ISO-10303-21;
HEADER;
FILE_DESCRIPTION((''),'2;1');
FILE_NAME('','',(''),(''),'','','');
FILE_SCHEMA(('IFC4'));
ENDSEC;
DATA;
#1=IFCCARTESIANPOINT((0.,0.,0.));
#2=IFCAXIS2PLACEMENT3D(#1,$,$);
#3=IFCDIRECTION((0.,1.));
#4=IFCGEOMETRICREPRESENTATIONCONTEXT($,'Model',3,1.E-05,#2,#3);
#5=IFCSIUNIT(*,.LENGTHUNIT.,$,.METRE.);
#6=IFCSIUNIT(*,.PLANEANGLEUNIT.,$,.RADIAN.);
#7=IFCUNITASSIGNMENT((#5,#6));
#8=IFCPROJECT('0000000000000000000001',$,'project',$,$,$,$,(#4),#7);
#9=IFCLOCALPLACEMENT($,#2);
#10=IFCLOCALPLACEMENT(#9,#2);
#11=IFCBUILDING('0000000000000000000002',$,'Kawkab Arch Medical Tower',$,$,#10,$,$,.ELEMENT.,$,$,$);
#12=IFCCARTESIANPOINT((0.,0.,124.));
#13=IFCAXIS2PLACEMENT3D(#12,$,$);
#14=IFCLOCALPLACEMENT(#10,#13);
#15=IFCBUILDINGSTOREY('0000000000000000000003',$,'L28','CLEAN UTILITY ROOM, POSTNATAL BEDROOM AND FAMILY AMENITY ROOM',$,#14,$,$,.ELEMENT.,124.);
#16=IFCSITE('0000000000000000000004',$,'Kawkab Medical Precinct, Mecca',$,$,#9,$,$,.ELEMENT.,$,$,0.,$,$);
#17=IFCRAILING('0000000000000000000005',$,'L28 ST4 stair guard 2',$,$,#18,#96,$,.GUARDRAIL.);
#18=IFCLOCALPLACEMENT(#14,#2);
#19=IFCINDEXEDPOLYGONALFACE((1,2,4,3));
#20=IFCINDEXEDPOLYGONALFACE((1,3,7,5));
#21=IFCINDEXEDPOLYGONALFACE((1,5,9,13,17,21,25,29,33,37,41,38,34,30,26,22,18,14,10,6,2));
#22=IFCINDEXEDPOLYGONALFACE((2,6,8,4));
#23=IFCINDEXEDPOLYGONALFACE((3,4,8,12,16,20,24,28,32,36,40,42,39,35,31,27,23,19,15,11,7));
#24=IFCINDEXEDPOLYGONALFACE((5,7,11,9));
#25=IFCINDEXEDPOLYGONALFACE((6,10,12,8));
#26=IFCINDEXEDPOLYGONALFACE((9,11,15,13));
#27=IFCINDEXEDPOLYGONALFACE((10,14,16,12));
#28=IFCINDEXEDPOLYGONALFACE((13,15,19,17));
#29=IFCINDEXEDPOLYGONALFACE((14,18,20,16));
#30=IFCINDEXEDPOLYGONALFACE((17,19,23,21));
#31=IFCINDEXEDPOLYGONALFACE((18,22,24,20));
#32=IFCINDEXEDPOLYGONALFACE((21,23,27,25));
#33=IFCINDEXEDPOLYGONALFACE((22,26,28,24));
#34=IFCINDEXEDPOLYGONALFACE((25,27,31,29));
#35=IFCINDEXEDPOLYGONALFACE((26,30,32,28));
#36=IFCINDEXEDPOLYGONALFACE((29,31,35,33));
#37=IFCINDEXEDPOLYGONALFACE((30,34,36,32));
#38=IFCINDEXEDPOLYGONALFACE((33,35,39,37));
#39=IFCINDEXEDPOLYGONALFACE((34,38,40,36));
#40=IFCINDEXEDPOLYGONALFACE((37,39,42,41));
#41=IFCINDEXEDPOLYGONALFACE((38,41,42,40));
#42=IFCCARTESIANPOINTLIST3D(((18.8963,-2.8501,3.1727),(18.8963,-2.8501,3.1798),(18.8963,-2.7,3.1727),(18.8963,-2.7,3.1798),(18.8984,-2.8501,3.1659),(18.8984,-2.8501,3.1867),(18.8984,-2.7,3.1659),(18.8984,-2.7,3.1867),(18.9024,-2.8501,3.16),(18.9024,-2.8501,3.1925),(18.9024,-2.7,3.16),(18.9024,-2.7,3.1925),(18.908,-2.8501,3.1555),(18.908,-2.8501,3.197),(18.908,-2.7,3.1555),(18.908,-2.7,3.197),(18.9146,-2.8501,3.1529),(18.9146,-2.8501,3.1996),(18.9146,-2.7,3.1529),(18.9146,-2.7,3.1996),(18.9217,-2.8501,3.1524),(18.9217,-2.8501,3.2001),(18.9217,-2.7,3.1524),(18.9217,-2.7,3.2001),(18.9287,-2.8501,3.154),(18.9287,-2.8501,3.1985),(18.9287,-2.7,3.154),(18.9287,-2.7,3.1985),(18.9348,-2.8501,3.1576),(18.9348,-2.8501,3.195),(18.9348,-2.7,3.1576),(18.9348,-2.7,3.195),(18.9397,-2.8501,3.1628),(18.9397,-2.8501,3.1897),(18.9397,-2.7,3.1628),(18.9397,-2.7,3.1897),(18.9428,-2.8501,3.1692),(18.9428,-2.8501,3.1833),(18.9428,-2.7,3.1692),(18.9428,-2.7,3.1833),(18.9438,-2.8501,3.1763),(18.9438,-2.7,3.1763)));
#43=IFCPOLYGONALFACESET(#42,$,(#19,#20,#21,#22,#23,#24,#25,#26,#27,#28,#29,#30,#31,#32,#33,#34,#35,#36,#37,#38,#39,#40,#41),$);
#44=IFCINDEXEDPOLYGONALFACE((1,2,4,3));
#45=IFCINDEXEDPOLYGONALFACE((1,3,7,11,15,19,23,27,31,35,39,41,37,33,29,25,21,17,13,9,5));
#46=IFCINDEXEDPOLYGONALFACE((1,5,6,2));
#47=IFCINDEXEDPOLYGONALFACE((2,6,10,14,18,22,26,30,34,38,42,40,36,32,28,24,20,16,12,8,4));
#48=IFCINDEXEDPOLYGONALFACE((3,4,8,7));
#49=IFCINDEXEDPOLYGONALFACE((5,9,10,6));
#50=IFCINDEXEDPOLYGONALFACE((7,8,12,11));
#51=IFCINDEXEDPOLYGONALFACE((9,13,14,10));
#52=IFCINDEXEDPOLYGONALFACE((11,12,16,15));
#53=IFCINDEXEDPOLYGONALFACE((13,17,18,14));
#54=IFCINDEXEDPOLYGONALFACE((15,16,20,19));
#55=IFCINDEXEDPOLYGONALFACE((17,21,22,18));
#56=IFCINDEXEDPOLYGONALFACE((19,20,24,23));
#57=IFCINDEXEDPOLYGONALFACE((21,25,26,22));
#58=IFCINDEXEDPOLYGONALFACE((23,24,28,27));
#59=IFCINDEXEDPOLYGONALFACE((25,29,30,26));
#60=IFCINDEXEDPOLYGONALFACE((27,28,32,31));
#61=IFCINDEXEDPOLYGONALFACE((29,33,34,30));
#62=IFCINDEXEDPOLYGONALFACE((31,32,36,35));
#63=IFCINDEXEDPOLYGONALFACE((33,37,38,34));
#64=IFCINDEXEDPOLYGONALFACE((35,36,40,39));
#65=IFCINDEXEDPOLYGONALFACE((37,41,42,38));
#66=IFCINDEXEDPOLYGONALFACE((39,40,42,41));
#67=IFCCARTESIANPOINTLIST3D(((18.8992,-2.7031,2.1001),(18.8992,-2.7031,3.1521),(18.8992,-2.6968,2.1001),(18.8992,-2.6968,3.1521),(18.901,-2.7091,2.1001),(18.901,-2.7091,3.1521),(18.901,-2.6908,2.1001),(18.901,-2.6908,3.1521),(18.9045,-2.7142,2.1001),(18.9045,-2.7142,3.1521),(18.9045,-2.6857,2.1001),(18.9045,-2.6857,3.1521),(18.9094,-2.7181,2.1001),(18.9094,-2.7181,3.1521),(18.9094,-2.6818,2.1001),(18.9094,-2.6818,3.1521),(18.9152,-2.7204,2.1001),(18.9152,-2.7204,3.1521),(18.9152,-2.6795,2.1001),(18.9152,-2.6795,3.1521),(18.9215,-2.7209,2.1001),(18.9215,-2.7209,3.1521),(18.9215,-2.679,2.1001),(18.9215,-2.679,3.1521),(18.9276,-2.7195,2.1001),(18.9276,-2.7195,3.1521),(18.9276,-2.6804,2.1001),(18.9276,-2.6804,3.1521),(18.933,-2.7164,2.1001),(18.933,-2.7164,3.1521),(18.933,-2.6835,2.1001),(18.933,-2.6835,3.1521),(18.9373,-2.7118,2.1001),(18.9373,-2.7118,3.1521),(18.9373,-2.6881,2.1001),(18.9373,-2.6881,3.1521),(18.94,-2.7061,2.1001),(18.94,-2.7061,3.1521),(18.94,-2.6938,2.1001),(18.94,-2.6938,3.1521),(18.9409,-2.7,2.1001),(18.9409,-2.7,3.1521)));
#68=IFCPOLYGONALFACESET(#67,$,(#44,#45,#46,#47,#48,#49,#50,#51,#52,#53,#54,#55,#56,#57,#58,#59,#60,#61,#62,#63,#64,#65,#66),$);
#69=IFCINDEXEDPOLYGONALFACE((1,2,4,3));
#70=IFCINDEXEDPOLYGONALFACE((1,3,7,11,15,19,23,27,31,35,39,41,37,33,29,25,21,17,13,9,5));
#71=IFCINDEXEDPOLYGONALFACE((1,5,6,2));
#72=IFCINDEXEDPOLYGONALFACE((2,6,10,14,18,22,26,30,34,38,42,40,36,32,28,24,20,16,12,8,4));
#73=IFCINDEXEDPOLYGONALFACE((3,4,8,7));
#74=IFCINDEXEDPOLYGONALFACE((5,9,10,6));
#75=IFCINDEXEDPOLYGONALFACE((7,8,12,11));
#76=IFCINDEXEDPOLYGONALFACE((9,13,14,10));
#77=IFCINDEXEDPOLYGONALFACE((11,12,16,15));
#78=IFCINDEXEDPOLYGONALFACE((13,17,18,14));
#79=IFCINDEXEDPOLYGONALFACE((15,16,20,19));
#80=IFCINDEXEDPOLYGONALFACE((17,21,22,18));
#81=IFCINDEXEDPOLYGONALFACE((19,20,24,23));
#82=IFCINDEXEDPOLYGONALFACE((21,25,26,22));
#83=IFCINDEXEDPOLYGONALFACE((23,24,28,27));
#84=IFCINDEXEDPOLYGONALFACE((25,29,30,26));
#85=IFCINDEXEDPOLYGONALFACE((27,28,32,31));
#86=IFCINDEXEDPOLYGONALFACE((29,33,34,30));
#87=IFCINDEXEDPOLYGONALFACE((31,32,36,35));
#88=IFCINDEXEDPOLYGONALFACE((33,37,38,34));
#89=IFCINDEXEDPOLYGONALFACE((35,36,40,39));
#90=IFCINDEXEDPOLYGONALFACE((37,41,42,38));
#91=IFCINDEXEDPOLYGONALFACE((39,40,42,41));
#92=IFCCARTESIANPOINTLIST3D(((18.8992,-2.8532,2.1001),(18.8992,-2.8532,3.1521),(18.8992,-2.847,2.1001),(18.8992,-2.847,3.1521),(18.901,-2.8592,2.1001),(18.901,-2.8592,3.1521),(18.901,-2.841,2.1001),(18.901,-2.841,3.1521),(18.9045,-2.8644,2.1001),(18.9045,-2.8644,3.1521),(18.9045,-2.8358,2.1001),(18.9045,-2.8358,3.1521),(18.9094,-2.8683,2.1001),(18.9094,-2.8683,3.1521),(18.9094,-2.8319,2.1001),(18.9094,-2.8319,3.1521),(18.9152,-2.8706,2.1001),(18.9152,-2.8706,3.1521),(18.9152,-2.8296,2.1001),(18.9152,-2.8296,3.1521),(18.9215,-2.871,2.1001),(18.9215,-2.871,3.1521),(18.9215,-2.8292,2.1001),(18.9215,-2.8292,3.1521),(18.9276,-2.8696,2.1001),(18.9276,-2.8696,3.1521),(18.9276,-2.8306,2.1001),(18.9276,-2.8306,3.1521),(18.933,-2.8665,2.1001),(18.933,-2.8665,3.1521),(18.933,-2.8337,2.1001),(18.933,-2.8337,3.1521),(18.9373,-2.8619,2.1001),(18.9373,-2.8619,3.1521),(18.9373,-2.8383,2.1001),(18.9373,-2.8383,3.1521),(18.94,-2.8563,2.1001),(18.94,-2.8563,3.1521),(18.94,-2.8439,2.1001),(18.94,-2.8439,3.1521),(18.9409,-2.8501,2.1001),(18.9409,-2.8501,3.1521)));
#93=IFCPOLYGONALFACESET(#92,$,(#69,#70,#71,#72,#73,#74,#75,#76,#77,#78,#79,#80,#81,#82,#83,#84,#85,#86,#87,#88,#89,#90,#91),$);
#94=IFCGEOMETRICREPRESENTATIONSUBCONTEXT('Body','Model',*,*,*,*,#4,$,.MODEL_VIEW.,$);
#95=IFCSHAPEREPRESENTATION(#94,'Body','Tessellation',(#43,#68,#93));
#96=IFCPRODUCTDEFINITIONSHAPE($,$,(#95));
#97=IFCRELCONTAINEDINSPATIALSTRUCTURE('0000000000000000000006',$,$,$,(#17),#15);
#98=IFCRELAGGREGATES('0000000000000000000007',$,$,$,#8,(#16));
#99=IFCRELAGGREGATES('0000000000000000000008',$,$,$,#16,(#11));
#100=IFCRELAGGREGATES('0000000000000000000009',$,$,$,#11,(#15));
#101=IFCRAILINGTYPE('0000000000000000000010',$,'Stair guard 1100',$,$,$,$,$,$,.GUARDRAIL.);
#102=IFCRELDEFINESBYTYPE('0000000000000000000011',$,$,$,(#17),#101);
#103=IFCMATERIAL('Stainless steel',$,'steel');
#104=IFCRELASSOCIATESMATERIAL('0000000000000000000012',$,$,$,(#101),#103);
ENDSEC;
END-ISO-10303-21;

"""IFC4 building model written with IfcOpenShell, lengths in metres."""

from ifc_helpers import new_model, si_unit, direction, frame, origin, origin_2d, place, context, subcontext, project, spatial, circle, extrude, material, type_object, element, save


model = new_model("IFC4")

# Units and contexts
model_context = context("Model", 3, precision=1e-05, world=origin(), true_north=direction((0.0, 1.0)))
body_context = subcontext(model_context, "Body", "Model", "MODEL_VIEW")
ifc_project = project(units=[si_unit("LENGTHUNIT", "METRE"), si_unit("PLANEANGLEUNIT", "RADIAN")], contexts=[model_context])

# Site, building, storey
site_placement = place(None, origin())
site = spatial("IfcSite", under=ifc_project, at=site_placement, Name="Kawkab Medical Precinct, Mecca", CompositionType="ELEMENT", RefElevation=0.0)
building_placement = place(site_placement, origin())
building = spatial("IfcBuilding", under=site, at=building_placement, Name="Kawkab Arch Medical Tower", CompositionType="ELEMENT")
storey_placement = place(building_placement, frame((0.0, 0.0, 124.0)))
storey = spatial("IfcBuildingStorey", under=building, at=storey_placement, Name="L28", Description="CLEAN UTILITY ROOM, POSTNATAL BEDROOM AND FAMILY AMENITY ROOM", CompositionType="ELEMENT", Elevation=124.0)

# Railing
ifc_material_1 = material(Name="Stainless steel", Category="steel")
railing_type_1 = type_object("IfcRailingType", Name="Stair guard 1100", PredefinedType="GUARDRAIL", material=ifc_material_1)
railing_1_placement = place(storey_placement, frame((18.9199, -2.7, 2.1001)))
element("IfcRailing", 1, at=railing_1_placement, inside=storey, type_object=railing_type_1, Name="L28 ST4 stair guard 2", PredefinedType="GUARDRAIL", context=body_context, shape_type="SweptSolid", body=[
    extrude(circle(Radius=0.0239, at=origin_2d()), frame((0.0, 0.0, 1.0762), z_axis=(0.0, -1.0, 0.0), x_axis=(1.0, 0.0, 0.0)), (0.0, 0.0, 1.0), 0.1501),
    extrude(circle(Radius=0.021, at=origin_2d()), origin(), (0.0, 0.0, 1.0), 1.052),
    extrude(circle(Radius=0.021, at=origin_2d()), frame((0.0, -0.1501, 0.0)), (0.0, 0.0, 1.0), 1.052),
])

save(model, "model.ifc")
